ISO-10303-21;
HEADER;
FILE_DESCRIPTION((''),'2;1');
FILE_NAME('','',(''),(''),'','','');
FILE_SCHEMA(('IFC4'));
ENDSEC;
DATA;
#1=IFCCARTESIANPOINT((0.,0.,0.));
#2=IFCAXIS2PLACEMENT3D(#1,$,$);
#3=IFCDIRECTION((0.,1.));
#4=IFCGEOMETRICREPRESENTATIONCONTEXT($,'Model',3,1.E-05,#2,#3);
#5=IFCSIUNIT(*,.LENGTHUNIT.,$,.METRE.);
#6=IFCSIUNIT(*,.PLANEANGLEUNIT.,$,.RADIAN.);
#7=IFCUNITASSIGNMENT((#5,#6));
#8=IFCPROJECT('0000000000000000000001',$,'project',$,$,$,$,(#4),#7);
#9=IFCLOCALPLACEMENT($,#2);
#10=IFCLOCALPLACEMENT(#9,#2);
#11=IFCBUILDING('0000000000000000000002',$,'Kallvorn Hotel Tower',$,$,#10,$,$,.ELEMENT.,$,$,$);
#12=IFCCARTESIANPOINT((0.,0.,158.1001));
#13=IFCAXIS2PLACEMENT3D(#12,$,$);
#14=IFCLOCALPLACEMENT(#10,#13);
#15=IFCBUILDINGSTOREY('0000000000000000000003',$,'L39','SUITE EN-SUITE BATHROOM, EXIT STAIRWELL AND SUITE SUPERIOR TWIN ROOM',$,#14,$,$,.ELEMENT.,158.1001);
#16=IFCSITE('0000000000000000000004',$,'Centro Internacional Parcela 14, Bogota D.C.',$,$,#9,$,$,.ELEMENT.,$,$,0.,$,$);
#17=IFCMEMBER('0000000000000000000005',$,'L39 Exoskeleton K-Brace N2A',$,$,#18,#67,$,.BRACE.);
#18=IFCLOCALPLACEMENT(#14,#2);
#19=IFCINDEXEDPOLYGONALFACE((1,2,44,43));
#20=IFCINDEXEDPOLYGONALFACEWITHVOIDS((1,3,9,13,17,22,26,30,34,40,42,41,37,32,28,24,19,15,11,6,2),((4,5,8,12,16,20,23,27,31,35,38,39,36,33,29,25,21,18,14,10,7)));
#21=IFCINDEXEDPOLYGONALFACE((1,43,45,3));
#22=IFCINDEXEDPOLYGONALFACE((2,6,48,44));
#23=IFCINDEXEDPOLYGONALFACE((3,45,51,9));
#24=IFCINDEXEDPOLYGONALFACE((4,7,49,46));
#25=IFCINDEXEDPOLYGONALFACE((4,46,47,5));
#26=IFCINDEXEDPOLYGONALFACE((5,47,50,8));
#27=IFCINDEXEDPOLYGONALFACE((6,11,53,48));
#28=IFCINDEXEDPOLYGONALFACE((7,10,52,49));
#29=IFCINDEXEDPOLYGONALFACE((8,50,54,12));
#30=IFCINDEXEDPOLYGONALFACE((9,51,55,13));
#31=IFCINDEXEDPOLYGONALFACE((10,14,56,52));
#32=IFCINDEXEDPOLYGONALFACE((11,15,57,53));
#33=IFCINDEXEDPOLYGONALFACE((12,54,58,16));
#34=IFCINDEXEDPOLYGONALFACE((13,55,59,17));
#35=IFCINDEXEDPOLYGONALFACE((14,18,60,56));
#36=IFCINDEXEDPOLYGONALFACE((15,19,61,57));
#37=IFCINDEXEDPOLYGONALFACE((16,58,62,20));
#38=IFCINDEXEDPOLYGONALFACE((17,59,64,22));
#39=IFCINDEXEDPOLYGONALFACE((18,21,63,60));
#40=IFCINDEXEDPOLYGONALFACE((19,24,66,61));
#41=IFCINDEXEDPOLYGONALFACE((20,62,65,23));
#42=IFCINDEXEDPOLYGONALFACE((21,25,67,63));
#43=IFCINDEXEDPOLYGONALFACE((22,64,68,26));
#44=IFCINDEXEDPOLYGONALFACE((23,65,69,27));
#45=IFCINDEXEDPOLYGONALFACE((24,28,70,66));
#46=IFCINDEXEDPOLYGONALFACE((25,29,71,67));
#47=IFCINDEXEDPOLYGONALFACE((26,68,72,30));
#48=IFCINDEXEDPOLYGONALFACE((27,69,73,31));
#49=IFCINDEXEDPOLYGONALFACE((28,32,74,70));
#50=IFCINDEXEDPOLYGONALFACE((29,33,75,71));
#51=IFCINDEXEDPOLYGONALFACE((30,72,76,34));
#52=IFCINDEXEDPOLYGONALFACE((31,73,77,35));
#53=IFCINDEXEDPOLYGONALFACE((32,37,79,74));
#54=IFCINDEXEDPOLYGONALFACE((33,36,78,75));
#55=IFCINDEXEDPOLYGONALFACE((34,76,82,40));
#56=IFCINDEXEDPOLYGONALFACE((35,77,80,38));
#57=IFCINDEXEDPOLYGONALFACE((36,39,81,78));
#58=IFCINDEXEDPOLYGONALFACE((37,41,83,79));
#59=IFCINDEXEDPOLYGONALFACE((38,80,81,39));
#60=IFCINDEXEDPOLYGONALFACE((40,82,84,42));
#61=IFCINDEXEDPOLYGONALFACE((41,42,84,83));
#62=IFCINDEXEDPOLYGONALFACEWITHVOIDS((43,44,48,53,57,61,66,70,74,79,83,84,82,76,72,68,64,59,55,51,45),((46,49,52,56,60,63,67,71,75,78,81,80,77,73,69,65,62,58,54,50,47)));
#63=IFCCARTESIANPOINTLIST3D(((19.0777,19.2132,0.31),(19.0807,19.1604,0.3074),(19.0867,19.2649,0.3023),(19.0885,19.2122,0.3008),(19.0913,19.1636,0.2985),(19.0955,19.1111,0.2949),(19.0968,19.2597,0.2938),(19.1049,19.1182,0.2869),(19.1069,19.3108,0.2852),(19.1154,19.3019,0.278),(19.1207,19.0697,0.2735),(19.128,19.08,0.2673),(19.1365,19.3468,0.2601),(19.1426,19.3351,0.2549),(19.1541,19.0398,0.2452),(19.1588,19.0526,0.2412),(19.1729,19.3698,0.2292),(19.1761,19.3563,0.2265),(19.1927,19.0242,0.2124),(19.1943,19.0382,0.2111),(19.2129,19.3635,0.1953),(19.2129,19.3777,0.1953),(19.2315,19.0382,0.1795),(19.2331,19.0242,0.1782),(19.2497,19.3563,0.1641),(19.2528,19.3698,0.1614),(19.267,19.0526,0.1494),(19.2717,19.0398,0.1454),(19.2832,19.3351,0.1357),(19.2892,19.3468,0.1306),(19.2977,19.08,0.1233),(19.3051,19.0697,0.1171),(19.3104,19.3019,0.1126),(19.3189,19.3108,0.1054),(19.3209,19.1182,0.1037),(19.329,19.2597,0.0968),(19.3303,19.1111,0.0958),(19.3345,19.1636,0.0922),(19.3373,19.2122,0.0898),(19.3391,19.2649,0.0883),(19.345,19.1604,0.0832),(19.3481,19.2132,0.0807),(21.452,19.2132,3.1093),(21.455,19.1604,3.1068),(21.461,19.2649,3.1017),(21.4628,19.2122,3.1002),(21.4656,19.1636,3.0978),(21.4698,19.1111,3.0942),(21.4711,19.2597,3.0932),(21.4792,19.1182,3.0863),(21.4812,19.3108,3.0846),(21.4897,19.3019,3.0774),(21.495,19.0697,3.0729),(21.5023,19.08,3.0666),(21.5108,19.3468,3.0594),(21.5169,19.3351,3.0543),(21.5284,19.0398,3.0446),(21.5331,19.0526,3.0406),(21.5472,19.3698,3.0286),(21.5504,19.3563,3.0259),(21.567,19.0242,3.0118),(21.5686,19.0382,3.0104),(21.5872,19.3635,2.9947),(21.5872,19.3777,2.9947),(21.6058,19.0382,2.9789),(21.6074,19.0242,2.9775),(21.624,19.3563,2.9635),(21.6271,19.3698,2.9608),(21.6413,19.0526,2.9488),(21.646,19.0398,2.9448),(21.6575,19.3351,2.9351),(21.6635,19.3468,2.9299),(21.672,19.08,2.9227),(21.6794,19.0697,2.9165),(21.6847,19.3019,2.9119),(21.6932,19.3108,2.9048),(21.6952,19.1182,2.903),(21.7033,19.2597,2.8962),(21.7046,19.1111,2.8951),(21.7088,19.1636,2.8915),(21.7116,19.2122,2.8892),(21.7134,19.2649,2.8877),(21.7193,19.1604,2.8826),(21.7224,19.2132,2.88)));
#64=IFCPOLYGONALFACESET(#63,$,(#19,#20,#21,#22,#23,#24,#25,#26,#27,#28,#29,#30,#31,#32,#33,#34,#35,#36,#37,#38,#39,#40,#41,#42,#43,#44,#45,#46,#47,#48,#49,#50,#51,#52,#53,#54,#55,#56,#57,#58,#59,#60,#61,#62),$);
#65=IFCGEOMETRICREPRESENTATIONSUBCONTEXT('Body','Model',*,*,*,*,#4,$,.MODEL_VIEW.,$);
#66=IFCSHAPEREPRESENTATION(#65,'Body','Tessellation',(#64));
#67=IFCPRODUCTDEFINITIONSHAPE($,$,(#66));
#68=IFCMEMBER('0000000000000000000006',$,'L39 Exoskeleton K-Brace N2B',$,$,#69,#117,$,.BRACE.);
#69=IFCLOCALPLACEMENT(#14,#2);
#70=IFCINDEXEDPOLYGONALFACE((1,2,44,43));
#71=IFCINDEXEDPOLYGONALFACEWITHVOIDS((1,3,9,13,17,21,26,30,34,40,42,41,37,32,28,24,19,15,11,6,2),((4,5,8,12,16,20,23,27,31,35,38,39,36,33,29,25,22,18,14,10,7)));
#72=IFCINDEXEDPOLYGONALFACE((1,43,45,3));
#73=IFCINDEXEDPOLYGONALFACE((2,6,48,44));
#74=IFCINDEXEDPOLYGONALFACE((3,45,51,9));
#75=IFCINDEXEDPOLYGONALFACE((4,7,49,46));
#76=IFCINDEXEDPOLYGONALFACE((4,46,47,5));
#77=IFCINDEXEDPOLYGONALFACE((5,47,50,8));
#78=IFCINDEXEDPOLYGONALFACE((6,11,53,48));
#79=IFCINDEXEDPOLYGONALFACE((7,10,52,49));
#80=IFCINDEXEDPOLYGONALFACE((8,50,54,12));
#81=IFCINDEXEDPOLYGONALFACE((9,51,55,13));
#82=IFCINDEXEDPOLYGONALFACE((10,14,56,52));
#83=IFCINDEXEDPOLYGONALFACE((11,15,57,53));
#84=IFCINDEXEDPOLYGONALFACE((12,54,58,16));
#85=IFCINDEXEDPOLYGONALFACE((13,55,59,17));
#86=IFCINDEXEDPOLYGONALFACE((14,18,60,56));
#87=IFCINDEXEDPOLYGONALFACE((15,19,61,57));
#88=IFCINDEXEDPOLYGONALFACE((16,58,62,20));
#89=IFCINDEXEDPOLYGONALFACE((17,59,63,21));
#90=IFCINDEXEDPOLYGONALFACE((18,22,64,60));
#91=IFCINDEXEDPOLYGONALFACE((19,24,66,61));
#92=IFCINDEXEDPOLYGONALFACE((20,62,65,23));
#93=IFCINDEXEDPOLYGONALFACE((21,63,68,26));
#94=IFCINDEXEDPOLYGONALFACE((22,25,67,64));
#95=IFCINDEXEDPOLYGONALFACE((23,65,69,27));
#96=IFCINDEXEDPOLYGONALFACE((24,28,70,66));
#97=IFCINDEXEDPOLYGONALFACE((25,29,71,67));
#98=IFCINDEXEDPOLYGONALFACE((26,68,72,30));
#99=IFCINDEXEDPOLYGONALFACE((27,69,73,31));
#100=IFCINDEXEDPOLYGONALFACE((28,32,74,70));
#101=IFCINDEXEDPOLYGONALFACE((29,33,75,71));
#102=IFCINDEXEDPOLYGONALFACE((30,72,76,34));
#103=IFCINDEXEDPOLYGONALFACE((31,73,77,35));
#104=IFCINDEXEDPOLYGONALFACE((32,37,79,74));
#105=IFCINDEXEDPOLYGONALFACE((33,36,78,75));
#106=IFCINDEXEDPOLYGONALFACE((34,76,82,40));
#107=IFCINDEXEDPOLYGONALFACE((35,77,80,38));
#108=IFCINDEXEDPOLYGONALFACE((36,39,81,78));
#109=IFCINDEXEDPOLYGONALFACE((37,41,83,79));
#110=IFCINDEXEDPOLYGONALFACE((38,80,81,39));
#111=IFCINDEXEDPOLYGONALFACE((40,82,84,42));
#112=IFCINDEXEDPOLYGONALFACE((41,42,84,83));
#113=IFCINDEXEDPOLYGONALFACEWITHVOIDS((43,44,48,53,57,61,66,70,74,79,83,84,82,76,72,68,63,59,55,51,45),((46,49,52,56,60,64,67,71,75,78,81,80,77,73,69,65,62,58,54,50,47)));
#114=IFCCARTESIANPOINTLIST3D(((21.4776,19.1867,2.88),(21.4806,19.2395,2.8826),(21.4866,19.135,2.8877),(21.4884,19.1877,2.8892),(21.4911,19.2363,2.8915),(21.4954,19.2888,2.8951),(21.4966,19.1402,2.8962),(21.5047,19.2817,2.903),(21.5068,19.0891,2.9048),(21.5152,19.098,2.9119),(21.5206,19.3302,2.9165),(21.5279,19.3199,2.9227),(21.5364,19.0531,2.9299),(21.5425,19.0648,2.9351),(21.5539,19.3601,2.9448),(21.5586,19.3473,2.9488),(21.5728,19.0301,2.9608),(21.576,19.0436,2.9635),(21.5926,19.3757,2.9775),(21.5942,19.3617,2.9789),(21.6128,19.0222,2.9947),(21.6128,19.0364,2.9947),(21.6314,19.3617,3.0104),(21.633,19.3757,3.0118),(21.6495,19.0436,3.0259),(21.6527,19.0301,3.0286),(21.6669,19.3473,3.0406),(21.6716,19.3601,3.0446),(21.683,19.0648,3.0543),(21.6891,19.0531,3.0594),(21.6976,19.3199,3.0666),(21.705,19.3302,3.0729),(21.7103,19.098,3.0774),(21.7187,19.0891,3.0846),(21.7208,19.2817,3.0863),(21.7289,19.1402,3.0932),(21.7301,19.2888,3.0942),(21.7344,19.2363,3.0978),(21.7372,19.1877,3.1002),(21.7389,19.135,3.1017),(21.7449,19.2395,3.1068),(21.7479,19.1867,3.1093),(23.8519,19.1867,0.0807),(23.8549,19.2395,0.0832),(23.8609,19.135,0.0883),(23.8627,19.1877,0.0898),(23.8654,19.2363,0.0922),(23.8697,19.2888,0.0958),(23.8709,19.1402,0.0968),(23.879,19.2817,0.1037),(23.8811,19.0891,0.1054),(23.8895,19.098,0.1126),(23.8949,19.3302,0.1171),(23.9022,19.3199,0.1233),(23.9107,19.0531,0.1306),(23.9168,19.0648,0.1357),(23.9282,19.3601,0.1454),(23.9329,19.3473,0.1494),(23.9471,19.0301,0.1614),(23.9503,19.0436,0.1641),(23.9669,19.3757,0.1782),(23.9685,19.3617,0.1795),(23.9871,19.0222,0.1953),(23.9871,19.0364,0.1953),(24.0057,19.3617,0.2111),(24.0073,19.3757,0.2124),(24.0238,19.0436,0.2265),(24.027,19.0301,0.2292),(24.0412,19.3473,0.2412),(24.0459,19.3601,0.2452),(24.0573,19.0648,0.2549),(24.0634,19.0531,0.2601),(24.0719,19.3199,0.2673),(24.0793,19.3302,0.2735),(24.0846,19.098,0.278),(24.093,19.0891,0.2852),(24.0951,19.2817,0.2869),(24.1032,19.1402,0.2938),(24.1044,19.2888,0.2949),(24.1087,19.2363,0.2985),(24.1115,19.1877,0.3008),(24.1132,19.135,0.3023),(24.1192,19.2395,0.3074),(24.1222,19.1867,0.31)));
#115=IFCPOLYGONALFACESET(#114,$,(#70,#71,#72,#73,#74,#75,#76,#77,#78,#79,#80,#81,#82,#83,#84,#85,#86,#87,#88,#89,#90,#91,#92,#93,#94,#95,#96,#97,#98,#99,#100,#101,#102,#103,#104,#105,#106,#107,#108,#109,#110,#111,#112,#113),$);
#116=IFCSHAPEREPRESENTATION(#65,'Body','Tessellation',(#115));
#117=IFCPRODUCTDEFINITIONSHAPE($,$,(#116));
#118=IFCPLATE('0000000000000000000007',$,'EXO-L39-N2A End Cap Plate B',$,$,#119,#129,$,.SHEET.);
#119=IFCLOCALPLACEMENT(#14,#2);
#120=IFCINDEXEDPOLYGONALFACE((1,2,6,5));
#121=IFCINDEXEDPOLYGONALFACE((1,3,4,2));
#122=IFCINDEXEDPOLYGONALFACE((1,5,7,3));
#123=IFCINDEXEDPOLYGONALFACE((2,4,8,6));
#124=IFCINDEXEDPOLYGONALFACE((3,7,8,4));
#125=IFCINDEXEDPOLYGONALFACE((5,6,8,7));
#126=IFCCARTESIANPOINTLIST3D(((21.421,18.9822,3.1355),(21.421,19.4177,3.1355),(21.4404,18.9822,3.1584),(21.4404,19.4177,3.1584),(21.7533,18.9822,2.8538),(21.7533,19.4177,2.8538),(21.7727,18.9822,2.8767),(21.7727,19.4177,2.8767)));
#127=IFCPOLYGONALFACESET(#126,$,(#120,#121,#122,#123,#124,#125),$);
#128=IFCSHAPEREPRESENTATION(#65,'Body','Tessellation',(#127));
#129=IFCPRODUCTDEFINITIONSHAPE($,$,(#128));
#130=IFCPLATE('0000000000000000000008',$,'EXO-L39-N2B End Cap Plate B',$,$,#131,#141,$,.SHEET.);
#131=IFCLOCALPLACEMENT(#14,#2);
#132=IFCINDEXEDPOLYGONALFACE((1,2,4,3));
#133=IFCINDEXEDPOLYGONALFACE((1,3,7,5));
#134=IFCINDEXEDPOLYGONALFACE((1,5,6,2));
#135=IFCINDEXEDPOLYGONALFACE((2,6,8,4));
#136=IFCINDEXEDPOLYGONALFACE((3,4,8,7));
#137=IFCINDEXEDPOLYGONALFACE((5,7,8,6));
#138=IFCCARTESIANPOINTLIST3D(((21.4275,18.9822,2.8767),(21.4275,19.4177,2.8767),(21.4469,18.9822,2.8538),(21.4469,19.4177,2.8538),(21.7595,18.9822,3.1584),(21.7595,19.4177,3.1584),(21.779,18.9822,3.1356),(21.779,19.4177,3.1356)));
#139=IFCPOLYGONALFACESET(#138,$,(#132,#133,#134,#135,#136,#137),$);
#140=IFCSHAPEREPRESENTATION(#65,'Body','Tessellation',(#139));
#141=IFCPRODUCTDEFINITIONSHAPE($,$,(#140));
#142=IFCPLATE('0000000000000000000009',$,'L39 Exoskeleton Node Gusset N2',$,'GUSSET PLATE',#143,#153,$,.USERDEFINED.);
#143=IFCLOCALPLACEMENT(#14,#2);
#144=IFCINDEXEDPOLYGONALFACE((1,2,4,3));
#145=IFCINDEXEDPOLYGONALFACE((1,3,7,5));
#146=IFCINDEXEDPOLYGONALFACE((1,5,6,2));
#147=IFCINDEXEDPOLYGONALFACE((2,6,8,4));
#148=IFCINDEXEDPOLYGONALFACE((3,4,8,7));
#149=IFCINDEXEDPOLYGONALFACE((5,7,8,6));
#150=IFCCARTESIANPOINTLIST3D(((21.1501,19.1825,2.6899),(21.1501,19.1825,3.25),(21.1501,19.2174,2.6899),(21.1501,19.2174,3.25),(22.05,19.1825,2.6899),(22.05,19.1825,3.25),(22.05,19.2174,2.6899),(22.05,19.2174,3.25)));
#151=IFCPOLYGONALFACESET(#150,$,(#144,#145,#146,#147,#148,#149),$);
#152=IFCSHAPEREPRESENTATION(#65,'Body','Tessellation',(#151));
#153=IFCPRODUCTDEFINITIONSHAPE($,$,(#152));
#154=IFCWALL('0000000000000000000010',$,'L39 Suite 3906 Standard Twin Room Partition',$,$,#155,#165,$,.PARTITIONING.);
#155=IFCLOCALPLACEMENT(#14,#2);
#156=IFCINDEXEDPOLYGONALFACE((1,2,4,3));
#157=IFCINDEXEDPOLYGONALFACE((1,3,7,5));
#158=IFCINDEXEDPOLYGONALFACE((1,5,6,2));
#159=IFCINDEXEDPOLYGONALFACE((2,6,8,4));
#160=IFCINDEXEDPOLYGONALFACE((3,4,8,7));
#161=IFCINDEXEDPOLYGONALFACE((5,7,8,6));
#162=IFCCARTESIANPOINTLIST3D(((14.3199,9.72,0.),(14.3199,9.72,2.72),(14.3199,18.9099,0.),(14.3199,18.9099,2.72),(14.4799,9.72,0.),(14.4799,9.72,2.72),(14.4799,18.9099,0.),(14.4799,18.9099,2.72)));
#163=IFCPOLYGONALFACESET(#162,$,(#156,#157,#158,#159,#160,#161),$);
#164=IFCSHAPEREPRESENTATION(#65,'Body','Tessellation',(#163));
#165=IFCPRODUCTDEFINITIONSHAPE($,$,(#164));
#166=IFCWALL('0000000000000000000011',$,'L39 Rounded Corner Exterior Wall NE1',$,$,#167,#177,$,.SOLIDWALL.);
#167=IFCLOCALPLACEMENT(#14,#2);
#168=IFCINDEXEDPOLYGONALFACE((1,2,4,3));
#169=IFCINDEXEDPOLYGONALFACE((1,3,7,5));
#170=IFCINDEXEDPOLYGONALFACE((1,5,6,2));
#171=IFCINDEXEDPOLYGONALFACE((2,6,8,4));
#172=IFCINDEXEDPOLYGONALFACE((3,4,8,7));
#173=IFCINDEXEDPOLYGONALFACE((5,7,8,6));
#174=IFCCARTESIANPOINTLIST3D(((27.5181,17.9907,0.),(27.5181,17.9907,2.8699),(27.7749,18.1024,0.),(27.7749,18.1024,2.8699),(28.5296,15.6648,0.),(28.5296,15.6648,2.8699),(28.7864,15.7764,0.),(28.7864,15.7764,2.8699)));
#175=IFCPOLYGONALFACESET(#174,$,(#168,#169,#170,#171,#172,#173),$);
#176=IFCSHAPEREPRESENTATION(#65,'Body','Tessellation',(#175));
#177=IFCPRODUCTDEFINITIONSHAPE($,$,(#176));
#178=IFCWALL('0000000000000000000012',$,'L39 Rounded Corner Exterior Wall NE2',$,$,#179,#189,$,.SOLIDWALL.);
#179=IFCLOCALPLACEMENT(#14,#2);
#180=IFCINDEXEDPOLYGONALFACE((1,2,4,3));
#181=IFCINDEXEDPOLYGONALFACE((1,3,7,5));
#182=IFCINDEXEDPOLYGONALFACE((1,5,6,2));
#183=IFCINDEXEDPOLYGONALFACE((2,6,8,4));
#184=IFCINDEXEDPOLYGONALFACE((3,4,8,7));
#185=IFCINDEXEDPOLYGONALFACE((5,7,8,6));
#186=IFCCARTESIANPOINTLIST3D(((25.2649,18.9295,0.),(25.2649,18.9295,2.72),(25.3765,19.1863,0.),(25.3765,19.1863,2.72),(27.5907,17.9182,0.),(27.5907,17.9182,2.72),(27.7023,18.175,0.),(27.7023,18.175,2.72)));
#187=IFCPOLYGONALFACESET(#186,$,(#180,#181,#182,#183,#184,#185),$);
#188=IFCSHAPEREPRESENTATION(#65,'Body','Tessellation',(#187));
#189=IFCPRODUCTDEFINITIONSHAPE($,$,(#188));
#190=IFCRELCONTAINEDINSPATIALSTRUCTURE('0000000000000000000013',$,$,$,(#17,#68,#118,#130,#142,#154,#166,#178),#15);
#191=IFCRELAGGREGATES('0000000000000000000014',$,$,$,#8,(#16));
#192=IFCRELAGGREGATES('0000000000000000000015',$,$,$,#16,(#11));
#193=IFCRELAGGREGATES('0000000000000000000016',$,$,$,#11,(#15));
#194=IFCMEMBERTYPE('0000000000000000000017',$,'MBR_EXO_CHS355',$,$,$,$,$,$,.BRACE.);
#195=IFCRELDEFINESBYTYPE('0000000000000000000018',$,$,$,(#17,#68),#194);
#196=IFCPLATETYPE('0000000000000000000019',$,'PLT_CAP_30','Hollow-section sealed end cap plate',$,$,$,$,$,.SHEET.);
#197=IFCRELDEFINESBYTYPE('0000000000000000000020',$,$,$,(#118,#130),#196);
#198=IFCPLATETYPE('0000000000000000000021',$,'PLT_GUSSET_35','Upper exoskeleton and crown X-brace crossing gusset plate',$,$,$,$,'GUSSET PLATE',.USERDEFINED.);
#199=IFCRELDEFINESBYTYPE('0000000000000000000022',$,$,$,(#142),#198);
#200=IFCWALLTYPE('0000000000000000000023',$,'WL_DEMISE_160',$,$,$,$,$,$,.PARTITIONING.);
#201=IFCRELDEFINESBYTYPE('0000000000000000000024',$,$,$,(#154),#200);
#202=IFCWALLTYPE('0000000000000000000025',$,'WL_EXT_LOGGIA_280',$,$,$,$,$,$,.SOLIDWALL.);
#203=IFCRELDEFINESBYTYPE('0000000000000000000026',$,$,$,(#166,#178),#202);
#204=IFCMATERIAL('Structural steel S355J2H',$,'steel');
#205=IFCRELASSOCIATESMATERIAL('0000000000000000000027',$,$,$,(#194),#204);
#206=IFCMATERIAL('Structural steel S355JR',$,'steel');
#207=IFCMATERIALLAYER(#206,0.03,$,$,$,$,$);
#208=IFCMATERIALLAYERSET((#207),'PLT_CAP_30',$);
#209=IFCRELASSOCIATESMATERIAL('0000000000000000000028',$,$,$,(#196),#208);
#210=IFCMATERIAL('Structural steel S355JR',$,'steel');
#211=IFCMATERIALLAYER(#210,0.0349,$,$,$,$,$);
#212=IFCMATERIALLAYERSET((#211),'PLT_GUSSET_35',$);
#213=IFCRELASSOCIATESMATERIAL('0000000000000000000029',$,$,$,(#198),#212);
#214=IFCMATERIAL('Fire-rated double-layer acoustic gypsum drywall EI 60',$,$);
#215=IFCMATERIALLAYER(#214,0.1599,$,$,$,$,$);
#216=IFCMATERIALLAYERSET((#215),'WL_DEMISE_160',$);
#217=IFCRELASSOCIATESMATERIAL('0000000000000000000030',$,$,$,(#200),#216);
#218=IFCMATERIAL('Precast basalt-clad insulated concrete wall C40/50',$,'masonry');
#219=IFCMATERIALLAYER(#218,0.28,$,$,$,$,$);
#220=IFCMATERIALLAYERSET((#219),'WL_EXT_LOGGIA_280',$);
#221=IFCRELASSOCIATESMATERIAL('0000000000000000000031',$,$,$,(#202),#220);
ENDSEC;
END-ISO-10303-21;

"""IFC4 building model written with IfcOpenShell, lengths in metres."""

from ifc_helpers import new_model, si_unit, direction, frame, frame_2d, origin, origin_2d, place, context, subcontext, project, spatial, polyline, rectangle, hollow_circle, outline, extrude, material, layer, layer_set, material_profile, profile_set, type_object, element, save


model = new_model("IFC4")

# Units and contexts
model_context = context("Model", 3, precision=1e-05, world=origin(), true_north=direction((0.0, 1.0)))
body_context = subcontext(model_context, "Body", "Model", "MODEL_VIEW")
ifc_project = project(units=[si_unit("LENGTHUNIT", "METRE"), si_unit("PLANEANGLEUNIT", "RADIAN")], contexts=[model_context])

# Site, building, storey
site_placement = place(None, origin())
site = spatial("IfcSite", under=ifc_project, at=site_placement, Name="Centro Internacional Parcela 14, Bogota D.C.", CompositionType="ELEMENT", RefElevation=0.0)
building_placement = place(site_placement, origin())
building = spatial("IfcBuilding", under=site, at=building_placement, Name="Kallvorn Hotel Tower", CompositionType="ELEMENT")
storey_placement = place(building_placement, frame((0.0, 0.0, 158.1001)))
storey = spatial("IfcBuildingStorey", under=building, at=storey_placement, Name="L39", Description="SUITE EN-SUITE BATHROOM, EXIT STAIRWELL AND SUITE SUPERIOR TWIN ROOM", CompositionType="ELEMENT", Elevation=158.1001)

# Members
ifc_material_1 = material(Name="Structural steel S355J2H", Category="steel")
ifc_material_profile_1 = material_profile(ifc_material_1, hollow_circle(Radius=0.1777, WallThickness=0.0142, at=origin_2d()), Name="CHS 355.6x14.2")
ifc_profile_set_1 = profile_set([ifc_material_profile_1], Name="Structural steel S355J2H")
member_type_1 = type_object("IfcMemberType", Name="MBR_EXO_CHS355", PredefinedType="BRACE", material=ifc_profile_set_1)
for number, where, z_axis, x_axis, name in (
    (1, (19.2129, 19.2, 0.1953), (0.646833, 0.0, 0.762631), (0.0, 1.0, 0.0), "L39 Exoskeleton K-Brace N2A"),
    (2, (23.9871, 19.2, 0.1953), (-0.646833, 0.0, 0.762631), (0.0, -1.0, 0.0), "L39 Exoskeleton K-Brace N2B"),
):
    element("IfcMember", number, at=place(storey_placement, frame(where, z_axis=z_axis, x_axis=x_axis)), inside=storey, type_object=member_type_1, Name=name, PredefinedType="BRACE", context=body_context, shape_type="SweptSolid", body=[
        extrude(hollow_circle(Radius=0.1777, WallThickness=0.0142, at=origin_2d()), origin(), (0.0, 0.0, 1.0), 3.6707),
    ])

# Plates
ifc_material_2 = material(Name="Structural steel S355JR", Category="steel")
ifc_layer_1 = layer(ifc_material_2, 0.03)
ifc_layer_set_1 = layer_set([ifc_layer_1], Name="PLT_CAP_30")
plate_type_1 = type_object("IfcPlateType", Name="PLT_CAP_30", Description="Hollow-section sealed end cap plate", PredefinedType="SHEET", material=ifc_layer_set_1)
plate_1_placement = place(storey_placement, frame((21.7727, 18.9822, 2.8767), z_axis=(0.646721, 0.0, 0.762727), x_axis=(0.0, 1.0, 0.0)))
element("IfcPlate", 3, at=plate_1_placement, inside=storey, type_object=plate_type_1, Name="EXO-L39-N2A End Cap Plate B", PredefinedType="SHEET", context=body_context, shape_type="SweptSolid", body=[
    extrude(outline(polyline([(0.0, 0.0), (0.4355, 0.0), (0.4355, 0.4356), (0.0, 0.4356), (0.0, 0.0)])), origin(), (0.0, 0.0, -1.0), 0.03),
])
plate_2_placement = place(storey_placement, frame((21.4275, 19.4177, 2.8767), z_axis=(-0.646997, 0.0, 0.762492), x_axis=(0.0, -1.0, 0.0)))
element("IfcPlate", 4, at=plate_2_placement, inside=storey, type_object=plate_type_1, Name="EXO-L39-N2B End Cap Plate B", PredefinedType="SHEET", context=body_context, shape_type="SweptSolid", body=[
    extrude(outline(polyline([(0.0, 0.0), (0.4355, 0.0), (0.4355, 0.4355), (0.0, 0.4355), (0.0, 0.0)])), origin(), (0.0, 0.0, -1.0), 0.03),
])
ifc_material_3 = material(Name="Structural steel S355JR", Category="steel")
ifc_layer_2 = layer(ifc_material_3, 0.0349)
ifc_layer_set_2 = layer_set([ifc_layer_2], Name="PLT_GUSSET_35")
plate_type_2 = type_object("IfcPlateType", Name="PLT_GUSSET_35", Description="Upper exoskeleton and crown X-brace crossing gusset plate", ElementType="GUSSET PLATE", PredefinedType="USERDEFINED", material=ifc_layer_set_2)
plate_3_placement = place(storey_placement, frame((21.6001, 19.2, 2.6899), z_axis=(0.0, 0.0, 1.0), x_axis=(1.0, 0.0, 0.0)))
element("IfcPlate", 5, at=plate_3_placement, inside=storey, type_object=plate_type_2, Name="L39 Exoskeleton Node Gusset N2", ObjectType="GUSSET PLATE", PredefinedType="USERDEFINED", context=body_context, shape_type="SweptSolid", body=[
    extrude(rectangle(XDim=0.8999, YDim=0.0349, at=origin_2d()), origin(), (0.0, 0.0, 1.0), 0.5601),
])

# Walls
ifc_material_4 = material(Name="Fire-rated double-layer acoustic gypsum drywall EI 60")
ifc_layer_3 = layer(ifc_material_4, 0.1599)
ifc_layer_set_3 = layer_set([ifc_layer_3], Name="WL_DEMISE_160")
wall_type_1 = type_object("IfcWallType", Name="WL_DEMISE_160", PredefinedType="PARTITIONING", material=ifc_layer_set_3)
wall_1_placement = place(storey_placement, frame((14.3999, 9.72, 0.0), z_axis=(0.0, 0.0, 1.0), x_axis=(0.0, 1.0, 0.0)))
element("IfcWall", 6, at=wall_1_placement, inside=storey, type_object=wall_type_1, Name="L39 Suite 3906 Standard Twin Room Partition", PredefinedType="PARTITIONING", context=body_context, shape_type="SweptSolid", body=[
    extrude(rectangle(XDim=9.1899, YDim=0.1599, at=frame_2d((4.595, 0.0))), origin(), (0.0, 0.0, 1.0), 2.72),
])
ifc_material_5 = material(Name="Precast basalt-clad insulated concrete wall C40/50", Category="masonry")
ifc_layer_4 = layer(ifc_material_5, 0.28)
ifc_layer_set_4 = layer_set([ifc_layer_4], Name="WL_EXT_LOGGIA_280")
wall_type_2 = type_object("IfcWallType", Name="WL_EXT_LOGGIA_280", PredefinedType="SOLIDWALL", material=ifc_layer_set_4)
wall_2_placement = place(storey_placement, frame((28.658, 15.7207, 0.0), z_axis=(0.0, 0.0, 1.0), x_axis=(-0.398793, 0.917041, 0.0)))
element("IfcWall", 7, at=wall_2_placement, inside=storey, type_object=wall_type_2, Name="L39 Rounded Corner Exterior Wall NE1", PredefinedType="SOLIDWALL", context=body_context, shape_type="SweptSolid", body=[
    extrude(rectangle(XDim=2.5364, YDim=0.28, at=frame_2d((1.2681, 0.0))), origin(), (0.0, 0.0, 1.0), 2.8699),
])
wall_3_placement = place(storey_placement, frame((27.6465, 18.0466, 0.0), z_axis=(0.0, 0.0, 1.0), x_axis=(-0.917061, 0.398747, 0.0)))
element("IfcWall", 8, at=wall_3_placement, inside=storey, type_object=wall_type_2, Name="L39 Rounded Corner Exterior Wall NE2", PredefinedType="SOLIDWALL", context=body_context, shape_type="SweptSolid", body=[
    extrude(rectangle(XDim=2.5361, YDim=0.28, at=frame_2d((1.2681, 0.0))), origin(), (0.0, 0.0, 1.0), 2.72),
])

save(model, "model.ifc")
